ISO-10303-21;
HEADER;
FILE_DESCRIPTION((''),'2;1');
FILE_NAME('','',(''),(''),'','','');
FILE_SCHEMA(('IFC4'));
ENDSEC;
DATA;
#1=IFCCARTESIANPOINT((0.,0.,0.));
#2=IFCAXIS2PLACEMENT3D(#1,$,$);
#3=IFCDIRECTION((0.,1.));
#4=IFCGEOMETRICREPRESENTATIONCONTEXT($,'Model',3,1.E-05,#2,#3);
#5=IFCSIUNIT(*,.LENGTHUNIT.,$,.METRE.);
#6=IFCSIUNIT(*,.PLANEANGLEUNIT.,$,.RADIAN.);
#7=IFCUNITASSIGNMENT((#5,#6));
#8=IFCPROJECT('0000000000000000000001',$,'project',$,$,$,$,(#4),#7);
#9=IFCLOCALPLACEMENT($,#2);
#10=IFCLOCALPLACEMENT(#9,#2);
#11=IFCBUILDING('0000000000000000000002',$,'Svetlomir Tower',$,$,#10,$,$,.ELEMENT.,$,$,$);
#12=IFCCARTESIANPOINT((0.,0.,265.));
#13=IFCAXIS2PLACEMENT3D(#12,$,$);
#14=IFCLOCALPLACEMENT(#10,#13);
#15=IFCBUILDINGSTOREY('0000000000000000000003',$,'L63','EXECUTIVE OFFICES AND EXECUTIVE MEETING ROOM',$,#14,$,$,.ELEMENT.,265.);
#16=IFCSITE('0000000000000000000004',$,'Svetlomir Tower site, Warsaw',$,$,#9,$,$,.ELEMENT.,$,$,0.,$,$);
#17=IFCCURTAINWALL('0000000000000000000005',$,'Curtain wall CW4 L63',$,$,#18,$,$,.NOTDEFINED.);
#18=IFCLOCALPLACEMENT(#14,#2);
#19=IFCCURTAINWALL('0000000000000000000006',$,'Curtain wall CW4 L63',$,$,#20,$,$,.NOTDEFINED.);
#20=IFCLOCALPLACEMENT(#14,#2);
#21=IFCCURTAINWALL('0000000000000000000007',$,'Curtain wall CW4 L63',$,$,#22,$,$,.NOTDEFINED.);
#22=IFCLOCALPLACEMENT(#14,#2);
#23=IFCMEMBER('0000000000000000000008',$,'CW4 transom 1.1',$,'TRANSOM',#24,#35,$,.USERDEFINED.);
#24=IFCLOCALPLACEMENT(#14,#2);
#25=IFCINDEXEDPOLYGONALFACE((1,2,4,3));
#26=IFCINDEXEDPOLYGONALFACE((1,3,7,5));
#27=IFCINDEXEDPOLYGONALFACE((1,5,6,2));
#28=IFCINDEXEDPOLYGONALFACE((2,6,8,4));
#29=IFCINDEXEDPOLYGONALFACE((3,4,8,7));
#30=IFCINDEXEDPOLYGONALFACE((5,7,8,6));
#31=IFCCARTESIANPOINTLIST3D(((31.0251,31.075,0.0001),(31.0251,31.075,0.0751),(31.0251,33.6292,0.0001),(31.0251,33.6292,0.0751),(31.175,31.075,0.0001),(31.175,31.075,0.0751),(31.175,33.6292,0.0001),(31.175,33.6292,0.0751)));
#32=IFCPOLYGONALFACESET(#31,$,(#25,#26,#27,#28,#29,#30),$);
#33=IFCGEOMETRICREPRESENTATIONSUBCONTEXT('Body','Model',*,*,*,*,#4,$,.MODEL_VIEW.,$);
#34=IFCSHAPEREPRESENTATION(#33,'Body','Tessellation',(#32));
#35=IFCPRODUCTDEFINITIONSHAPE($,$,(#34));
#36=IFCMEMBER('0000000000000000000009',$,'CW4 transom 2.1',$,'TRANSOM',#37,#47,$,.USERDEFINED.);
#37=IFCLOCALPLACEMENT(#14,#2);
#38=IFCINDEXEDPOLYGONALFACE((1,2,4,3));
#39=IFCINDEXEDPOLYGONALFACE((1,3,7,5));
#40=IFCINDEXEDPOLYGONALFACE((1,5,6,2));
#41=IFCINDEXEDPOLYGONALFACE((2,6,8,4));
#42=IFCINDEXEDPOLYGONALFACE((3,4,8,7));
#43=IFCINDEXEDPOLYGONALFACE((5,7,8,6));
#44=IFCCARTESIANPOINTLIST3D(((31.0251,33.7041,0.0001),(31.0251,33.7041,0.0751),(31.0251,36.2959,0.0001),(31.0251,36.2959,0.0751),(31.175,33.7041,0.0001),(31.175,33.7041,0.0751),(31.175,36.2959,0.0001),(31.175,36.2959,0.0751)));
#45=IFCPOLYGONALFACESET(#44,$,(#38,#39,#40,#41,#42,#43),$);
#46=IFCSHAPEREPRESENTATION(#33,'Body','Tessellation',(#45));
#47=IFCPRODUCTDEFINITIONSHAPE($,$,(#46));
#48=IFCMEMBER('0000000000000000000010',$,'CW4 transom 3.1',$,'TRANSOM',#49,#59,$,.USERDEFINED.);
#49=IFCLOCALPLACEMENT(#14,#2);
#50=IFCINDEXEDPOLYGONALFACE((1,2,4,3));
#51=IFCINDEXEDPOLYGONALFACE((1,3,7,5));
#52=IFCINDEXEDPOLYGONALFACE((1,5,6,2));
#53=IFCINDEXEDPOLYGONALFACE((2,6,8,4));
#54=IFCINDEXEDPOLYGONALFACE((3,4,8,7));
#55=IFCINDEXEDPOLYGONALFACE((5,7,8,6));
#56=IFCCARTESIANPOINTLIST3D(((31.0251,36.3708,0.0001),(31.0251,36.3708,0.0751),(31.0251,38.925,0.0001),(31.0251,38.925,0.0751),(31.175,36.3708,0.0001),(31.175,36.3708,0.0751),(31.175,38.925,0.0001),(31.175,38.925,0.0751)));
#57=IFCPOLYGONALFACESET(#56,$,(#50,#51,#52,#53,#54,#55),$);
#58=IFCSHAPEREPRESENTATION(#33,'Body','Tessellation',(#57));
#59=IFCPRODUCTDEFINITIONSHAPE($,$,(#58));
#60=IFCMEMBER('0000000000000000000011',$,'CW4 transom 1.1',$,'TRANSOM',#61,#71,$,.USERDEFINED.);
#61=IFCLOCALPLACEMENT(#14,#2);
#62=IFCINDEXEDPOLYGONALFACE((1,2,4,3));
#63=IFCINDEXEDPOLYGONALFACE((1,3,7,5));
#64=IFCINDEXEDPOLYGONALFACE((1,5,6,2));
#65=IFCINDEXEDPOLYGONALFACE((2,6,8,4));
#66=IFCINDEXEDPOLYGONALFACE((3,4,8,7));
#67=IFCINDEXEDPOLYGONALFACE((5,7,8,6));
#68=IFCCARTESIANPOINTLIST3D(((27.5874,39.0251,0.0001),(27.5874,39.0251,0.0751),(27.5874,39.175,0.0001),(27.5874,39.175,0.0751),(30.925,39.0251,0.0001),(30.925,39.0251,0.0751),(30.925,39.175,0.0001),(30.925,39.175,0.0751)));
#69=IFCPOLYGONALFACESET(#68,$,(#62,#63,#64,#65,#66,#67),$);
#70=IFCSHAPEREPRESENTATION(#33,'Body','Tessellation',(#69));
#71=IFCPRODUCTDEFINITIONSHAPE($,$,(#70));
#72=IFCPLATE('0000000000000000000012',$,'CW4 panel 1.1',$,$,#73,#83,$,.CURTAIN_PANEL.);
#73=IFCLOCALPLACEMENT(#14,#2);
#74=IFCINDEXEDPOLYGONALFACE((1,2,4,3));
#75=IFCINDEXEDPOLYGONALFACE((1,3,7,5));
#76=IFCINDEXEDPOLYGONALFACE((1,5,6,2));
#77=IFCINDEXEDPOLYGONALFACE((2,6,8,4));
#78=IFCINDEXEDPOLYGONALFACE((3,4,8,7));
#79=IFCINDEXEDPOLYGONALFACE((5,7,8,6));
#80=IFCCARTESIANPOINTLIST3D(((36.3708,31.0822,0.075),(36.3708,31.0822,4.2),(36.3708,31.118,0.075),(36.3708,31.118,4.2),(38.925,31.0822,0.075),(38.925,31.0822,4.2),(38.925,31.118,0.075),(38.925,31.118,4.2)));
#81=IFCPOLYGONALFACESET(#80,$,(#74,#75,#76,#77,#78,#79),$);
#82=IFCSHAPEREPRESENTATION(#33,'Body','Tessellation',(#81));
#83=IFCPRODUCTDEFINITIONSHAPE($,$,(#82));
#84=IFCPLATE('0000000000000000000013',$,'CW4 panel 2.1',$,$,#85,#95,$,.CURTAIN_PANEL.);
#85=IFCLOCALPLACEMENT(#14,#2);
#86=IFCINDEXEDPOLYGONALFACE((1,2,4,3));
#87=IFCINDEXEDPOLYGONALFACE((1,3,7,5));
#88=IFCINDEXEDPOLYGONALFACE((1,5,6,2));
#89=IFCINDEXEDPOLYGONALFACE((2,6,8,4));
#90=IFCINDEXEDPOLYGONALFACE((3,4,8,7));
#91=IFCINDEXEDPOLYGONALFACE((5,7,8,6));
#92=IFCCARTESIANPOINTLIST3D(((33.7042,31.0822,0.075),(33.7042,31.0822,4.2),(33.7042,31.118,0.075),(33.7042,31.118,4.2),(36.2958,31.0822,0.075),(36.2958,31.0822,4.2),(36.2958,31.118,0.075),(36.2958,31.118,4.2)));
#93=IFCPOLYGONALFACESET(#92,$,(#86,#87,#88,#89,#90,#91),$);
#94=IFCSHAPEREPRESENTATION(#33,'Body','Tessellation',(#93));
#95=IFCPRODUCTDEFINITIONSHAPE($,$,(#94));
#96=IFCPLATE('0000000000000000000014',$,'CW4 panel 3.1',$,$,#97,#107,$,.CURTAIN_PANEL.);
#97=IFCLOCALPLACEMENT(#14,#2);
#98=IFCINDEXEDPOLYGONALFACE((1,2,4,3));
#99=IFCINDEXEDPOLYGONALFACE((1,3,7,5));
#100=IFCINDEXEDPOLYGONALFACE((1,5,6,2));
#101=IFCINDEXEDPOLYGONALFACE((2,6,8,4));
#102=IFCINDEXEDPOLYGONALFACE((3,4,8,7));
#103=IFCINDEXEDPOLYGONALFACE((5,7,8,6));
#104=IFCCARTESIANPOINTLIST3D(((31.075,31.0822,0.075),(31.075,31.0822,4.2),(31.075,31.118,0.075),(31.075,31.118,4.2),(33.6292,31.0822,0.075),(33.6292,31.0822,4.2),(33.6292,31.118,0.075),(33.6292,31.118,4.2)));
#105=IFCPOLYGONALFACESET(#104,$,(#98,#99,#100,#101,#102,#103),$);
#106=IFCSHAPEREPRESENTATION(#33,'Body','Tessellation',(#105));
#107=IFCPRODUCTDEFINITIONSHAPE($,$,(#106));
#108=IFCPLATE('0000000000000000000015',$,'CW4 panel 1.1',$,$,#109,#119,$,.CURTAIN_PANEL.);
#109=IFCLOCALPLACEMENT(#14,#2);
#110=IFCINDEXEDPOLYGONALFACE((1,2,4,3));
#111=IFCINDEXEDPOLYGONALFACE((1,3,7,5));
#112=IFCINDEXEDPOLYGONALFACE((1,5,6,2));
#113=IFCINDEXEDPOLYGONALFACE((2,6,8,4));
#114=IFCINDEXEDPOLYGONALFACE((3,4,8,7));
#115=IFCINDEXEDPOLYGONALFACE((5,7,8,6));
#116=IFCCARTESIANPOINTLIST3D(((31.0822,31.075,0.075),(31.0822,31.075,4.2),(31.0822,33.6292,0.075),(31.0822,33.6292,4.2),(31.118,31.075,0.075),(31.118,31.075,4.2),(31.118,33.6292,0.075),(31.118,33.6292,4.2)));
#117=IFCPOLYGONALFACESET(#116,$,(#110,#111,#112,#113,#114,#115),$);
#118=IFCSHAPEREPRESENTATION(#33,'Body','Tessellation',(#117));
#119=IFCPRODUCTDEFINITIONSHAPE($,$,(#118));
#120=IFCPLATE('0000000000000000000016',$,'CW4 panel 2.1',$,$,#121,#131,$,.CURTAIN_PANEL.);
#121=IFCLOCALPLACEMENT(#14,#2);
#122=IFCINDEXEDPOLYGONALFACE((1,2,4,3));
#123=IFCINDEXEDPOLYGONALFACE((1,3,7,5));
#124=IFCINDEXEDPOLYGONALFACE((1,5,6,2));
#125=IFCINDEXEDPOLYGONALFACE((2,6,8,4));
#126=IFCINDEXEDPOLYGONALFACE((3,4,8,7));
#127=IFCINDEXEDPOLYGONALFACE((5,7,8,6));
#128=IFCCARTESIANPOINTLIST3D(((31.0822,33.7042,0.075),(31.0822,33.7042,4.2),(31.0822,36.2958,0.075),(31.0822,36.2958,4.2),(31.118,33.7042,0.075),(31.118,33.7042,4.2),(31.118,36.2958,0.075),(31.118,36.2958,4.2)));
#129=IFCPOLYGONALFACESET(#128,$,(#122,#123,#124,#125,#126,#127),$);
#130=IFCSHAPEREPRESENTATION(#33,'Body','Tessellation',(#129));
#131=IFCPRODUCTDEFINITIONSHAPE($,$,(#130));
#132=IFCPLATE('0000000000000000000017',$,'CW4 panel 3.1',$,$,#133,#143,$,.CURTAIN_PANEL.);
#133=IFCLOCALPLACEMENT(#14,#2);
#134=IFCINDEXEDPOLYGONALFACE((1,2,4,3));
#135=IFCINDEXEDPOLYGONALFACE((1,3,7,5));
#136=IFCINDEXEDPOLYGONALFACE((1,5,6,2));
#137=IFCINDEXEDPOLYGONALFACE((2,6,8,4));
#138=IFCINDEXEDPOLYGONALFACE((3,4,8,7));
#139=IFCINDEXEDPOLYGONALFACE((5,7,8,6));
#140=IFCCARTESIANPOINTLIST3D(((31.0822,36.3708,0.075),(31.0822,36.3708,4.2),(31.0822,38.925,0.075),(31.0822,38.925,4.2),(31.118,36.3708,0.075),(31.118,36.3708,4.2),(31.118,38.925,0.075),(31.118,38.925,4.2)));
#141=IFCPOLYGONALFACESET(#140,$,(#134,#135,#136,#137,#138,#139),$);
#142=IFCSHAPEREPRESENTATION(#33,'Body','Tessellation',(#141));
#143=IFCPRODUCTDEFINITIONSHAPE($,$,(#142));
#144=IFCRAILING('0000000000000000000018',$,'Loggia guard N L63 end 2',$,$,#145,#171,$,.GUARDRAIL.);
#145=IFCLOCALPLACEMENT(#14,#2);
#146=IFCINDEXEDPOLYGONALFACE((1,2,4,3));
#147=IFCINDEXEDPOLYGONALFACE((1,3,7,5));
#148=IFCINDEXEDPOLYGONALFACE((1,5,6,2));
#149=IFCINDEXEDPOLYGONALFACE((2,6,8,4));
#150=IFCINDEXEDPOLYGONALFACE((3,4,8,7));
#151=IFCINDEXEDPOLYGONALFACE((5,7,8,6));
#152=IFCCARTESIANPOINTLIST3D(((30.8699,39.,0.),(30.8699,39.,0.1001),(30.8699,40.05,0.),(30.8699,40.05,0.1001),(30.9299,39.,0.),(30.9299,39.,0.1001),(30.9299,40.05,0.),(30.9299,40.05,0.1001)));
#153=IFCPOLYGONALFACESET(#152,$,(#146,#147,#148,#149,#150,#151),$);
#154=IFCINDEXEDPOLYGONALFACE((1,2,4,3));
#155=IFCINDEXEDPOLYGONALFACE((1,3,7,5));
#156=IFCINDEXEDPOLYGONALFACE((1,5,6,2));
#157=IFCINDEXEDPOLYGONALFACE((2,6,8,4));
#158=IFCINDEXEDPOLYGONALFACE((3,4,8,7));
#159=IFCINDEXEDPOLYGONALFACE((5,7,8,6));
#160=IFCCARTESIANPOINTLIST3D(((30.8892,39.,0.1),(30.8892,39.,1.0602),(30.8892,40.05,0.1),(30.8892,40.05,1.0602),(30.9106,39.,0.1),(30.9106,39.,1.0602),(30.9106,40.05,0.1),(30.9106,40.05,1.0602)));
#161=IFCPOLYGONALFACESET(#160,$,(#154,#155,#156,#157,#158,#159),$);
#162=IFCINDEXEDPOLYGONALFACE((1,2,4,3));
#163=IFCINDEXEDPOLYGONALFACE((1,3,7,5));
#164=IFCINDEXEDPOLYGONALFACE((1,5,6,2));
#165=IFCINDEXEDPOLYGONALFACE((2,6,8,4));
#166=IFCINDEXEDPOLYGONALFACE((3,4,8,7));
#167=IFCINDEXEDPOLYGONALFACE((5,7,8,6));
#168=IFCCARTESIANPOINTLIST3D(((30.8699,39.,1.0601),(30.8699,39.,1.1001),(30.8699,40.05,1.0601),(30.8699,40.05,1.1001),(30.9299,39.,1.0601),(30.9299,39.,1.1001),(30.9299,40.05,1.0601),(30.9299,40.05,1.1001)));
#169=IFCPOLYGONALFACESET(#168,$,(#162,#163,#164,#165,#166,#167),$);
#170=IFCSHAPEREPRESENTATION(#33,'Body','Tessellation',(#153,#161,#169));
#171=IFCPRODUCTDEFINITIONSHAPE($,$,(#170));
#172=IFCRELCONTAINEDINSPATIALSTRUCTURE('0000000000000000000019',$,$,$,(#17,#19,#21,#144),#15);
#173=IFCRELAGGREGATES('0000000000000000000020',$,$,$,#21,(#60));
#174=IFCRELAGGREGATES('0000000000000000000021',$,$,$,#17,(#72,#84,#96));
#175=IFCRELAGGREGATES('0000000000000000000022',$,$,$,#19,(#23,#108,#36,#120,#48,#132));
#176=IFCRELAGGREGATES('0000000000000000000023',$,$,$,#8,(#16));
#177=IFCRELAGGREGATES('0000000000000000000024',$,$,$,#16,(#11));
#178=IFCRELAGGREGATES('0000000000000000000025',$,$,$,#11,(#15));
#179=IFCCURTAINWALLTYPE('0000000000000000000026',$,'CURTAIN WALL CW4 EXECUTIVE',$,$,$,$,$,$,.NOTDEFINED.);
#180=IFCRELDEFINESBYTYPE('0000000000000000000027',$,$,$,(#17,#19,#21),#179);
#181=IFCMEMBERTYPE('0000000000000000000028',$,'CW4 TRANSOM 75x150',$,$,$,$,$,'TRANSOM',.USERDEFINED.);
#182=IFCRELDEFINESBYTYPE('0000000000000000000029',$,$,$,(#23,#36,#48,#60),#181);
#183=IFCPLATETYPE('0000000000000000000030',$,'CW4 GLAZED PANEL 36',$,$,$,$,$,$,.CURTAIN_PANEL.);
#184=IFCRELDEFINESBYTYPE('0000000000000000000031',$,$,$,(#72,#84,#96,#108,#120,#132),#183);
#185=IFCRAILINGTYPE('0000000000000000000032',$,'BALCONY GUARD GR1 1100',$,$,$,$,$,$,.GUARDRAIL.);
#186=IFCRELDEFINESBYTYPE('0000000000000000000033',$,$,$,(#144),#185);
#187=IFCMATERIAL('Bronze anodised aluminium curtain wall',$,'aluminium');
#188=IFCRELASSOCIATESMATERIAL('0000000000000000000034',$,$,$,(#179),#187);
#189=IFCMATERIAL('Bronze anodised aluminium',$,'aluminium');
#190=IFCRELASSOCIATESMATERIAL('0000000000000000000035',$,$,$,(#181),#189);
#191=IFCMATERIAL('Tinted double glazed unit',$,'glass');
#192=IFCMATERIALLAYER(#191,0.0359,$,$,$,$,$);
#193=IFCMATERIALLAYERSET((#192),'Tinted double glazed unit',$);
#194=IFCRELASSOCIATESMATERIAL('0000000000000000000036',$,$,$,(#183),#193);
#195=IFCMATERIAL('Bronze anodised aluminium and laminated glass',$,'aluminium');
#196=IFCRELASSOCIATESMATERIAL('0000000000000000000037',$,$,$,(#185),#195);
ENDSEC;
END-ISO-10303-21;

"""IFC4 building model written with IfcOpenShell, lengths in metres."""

from ifc_helpers import new_model, si_unit, direction, frame, origin, origin_2d, place, context, subcontext, project, spatial, rectangle, extrude, material, layer, layer_set, material_profile, profile_set, type_object, element, aggregate, save


model = new_model("IFC4")

# Units and contexts
model_context = context("Model", 3, precision=1e-05, world=origin(), true_north=direction((0.0, 1.0)))
body_context = subcontext(model_context, "Body", "Model", "MODEL_VIEW")
ifc_project = project(units=[si_unit("LENGTHUNIT", "METRE"), si_unit("PLANEANGLEUNIT", "RADIAN")], contexts=[model_context])

# Site, building, storey
site_placement = place(None, origin())
site = spatial("IfcSite", under=ifc_project, at=site_placement, Name="Svetlomir Tower site, Warsaw", CompositionType="ELEMENT", RefElevation=0.0)
building_placement = place(site_placement, origin())
building = spatial("IfcBuilding", under=site, at=building_placement, Name="Svetlomir Tower", CompositionType="ELEMENT")
storey_placement = place(building_placement, frame((0.0, 0.0, 265.0)))
storey = spatial("IfcBuildingStorey", under=building, at=storey_placement, Name="L63", Description="EXECUTIVE OFFICES AND EXECUTIVE MEETING ROOM", CompositionType="ELEMENT", Elevation=265.0)

# Curtain walls
ifc_material_1 = material(Name="Bronze anodised aluminium curtain wall", Category="aluminium")
curtain_wall_type = type_object("IfcCurtainWallType", Name="CURTAIN WALL CW4 EXECUTIVE", PredefinedType="NOTDEFINED", material=ifc_material_1)
curtain_wall_1_placement = place(storey_placement, origin())
curtain_wall_1 = element("IfcCurtainWall", 1, at=curtain_wall_1_placement, inside=storey, type_object=curtain_wall_type, Name="Curtain wall CW4 L63", PredefinedType="NOTDEFINED")
curtain_wall_2_placement = place(storey_placement, origin())
curtain_wall_2 = element("IfcCurtainWall", 2, at=curtain_wall_2_placement, inside=storey, type_object=curtain_wall_type, Name="Curtain wall CW4 L63", PredefinedType="NOTDEFINED")

# Curtain wall
curtain_wall_3_placement = place(storey_placement, origin())
curtain_wall_3 = element("IfcCurtainWall", 3, at=curtain_wall_3_placement, inside=storey, type_object=curtain_wall_type, Name="Curtain wall CW4 L63", PredefinedType="NOTDEFINED")

# Members
ifc_material_2 = material(Name="Bronze anodised aluminium", Category="aluminium")
ifc_material_profile_1 = material_profile(ifc_material_2, rectangle(XDim=0.1499, YDim=0.075, at=origin_2d()), Name="AL 150x75")
ifc_profile_set_1 = profile_set([ifc_material_profile_1], Name="Bronze anodised aluminium 6063-T6")
member_type_1 = type_object("IfcMemberType", Name="CW4 TRANSOM 75x150", ElementType="TRANSOM", PredefinedType="USERDEFINED", material=ifc_profile_set_1)
member_1_placement = place(storey_placement, frame((31.1001, 31.075, 0.0376), z_axis=(0.0, 1.0, 0.0), x_axis=(-1.0, 0.0, 0.0)))
member_1 = element("IfcMember", 4, at=member_1_placement, type_object=member_type_1, Name="CW4 transom 1.1", ObjectType="TRANSOM", PredefinedType="USERDEFINED", context=body_context, shape_type="SweptSolid", body=[
    extrude(rectangle(XDim=0.1499, YDim=0.075, at=origin_2d()), origin(), (0.0, 0.0, 1.0), 2.5542),
])
member_2_placement = place(storey_placement, frame((31.1001, 33.7041, 0.0376), z_axis=(0.0, 1.0, 0.0), x_axis=(-1.0, 0.0, 0.0)))
member_2 = element("IfcMember", 5, at=member_2_placement, type_object=member_type_1, Name="CW4 transom 2.1", ObjectType="TRANSOM", PredefinedType="USERDEFINED", context=body_context, shape_type="SweptSolid", body=[
    extrude(rectangle(XDim=0.1499, YDim=0.075, at=origin_2d()), origin(), (0.0, 0.0, 1.0), 2.5918),
])
member_3_placement = place(storey_placement, frame((31.1001, 36.3708, 0.0376), z_axis=(0.0, 1.0, 0.0), x_axis=(-1.0, 0.0, 0.0)))
member_3 = element("IfcMember", 6, at=member_3_placement, type_object=member_type_1, Name="CW4 transom 3.1", ObjectType="TRANSOM", PredefinedType="USERDEFINED", context=body_context, shape_type="SweptSolid", body=[
    extrude(rectangle(XDim=0.1499, YDim=0.075, at=origin_2d()), origin(), (0.0, 0.0, 1.0), 2.5542),
])
member_4_placement = place(storey_placement, frame((30.925, 39.1001, 0.0376), z_axis=(-1.0, 0.0, 0.0), x_axis=(0.0, -1.0, 0.0)))
member_4 = element("IfcMember", 7, at=member_4_placement, type_object=member_type_1, Name="CW4 transom 1.1", ObjectType="TRANSOM", PredefinedType="USERDEFINED", context=body_context, shape_type="SweptSolid", body=[
    extrude(rectangle(XDim=0.1499, YDim=0.075, at=origin_2d()), origin(), (0.0, 0.0, 1.0), 3.3376),
])
aggregate(curtain_wall_3, [member_4])

# Plates
ifc_material_3 = material(Name="Tinted double glazed unit", Category="glass")
ifc_layer = layer(ifc_material_3, 0.0359)
ifc_layer_set = layer_set([ifc_layer], Name="Tinted double glazed unit")
plate_type = type_object("IfcPlateType", Name="CW4 GLAZED PANEL 36", PredefinedType="CURTAIN_PANEL", material=ifc_layer_set)
plate_1_placement = place(storey_placement, frame((37.6479, 31.1001, 0.075), z_axis=(0.0, 0.0, 1.0), x_axis=(-1.0, 0.0, 0.0)))
plate_1 = element("IfcPlate", 8, at=plate_1_placement, type_object=plate_type, Name="CW4 panel 1.1", PredefinedType="CURTAIN_PANEL", context=body_context, shape_type="SweptSolid", body=[
    extrude(rectangle(XDim=2.5542, YDim=0.0359, at=origin_2d()), origin(), (0.0, 0.0, 1.0), 4.125),
])
plate_2_placement = place(storey_placement, frame((35.0, 31.1001, 0.075), z_axis=(0.0, 0.0, 1.0), x_axis=(-1.0, 0.0, 0.0)))
plate_2 = element("IfcPlate", 9, at=plate_2_placement, type_object=plate_type, Name="CW4 panel 2.1", PredefinedType="CURTAIN_PANEL", context=body_context, shape_type="SweptSolid", body=[
    extrude(rectangle(XDim=2.5916, YDim=0.0359, at=origin_2d()), origin(), (0.0, 0.0, 1.0), 4.125),
])
plate_3_placement = place(storey_placement, frame((32.3521, 31.1001, 0.075), z_axis=(0.0, 0.0, 1.0), x_axis=(-1.0, 0.0, 0.0)))
plate_3 = element("IfcPlate", 10, at=plate_3_placement, type_object=plate_type, Name="CW4 panel 3.1", PredefinedType="CURTAIN_PANEL", context=body_context, shape_type="SweptSolid", body=[
    extrude(rectangle(XDim=2.5542, YDim=0.0359, at=origin_2d()), origin(), (0.0, 0.0, 1.0), 4.125),
])
aggregate(curtain_wall_1, [plate_1, plate_2, plate_3])
plate_4_placement = place(storey_placement, frame((31.1001, 32.3521, 0.075), z_axis=(0.0, 0.0, 1.0), x_axis=(0.0, 1.0, 0.0)))
plate_4 = element("IfcPlate", 11, at=plate_4_placement, type_object=plate_type, Name="CW4 panel 1.1", PredefinedType="CURTAIN_PANEL", context=body_context, shape_type="SweptSolid", body=[
    extrude(rectangle(XDim=2.5542, YDim=0.0359, at=origin_2d()), origin(), (0.0, 0.0, 1.0), 4.125),
])
plate_5_placement = place(storey_placement, frame((31.1001, 35.0, 0.075), z_axis=(0.0, 0.0, 1.0), x_axis=(0.0, 1.0, 0.0)))
plate_5 = element("IfcPlate", 12, at=plate_5_placement, type_object=plate_type, Name="CW4 panel 2.1", PredefinedType="CURTAIN_PANEL", context=body_context, shape_type="SweptSolid", body=[
    extrude(rectangle(XDim=2.5916, YDim=0.0359, at=origin_2d()), origin(), (0.0, 0.0, 1.0), 4.125),
])
plate_6_placement = place(storey_placement, frame((31.1001, 37.6479, 0.075), z_axis=(0.0, 0.0, 1.0), x_axis=(0.0, 1.0, 0.0)))
plate_6 = element("IfcPlate", 13, at=plate_6_placement, type_object=plate_type, Name="CW4 panel 3.1", PredefinedType="CURTAIN_PANEL", context=body_context, shape_type="SweptSolid", body=[
    extrude(rectangle(XDim=2.5542, YDim=0.0359, at=origin_2d()), origin(), (0.0, 0.0, 1.0), 4.125),
])
aggregate(curtain_wall_2, [member_1, plate_4, member_2, plate_5, member_3, plate_6])

# Railing
ifc_material_4 = material(Name="Bronze anodised aluminium and laminated glass", Category="aluminium")
railing_type = type_object("IfcRailingType", Name="BALCONY GUARD GR1 1100", PredefinedType="GUARDRAIL", material=ifc_material_4)
railing_placement = place(storey_placement, frame((30.8999, 40.05, 0.0)))
element("IfcRailing", 14, at=railing_placement, inside=storey, type_object=railing_type, Name="Loggia guard N L63 end 2", PredefinedType="GUARDRAIL", context=body_context, shape_type="SweptSolid", body=[
    extrude(rectangle(XDim=0.0601, YDim=0.1001, at=origin_2d()), frame((0.0, 0.0, 0.05), z_axis=(0.0, -1.0, 0.0), x_axis=(1.0, 0.0, 0.0)), (0.0, 0.0, 1.0), 1.05),
    extrude(rectangle(XDim=0.0215, YDim=0.9602, at=origin_2d()), frame((0.0, 0.0, 0.5801), z_axis=(0.0, -1.0, 0.0), x_axis=(1.0, 0.0, 0.0)), (0.0, 0.0, 1.0), 1.05),
    extrude(rectangle(XDim=0.0601, YDim=0.04, at=origin_2d()), frame((0.0, 0.0, 1.0801), z_axis=(0.0, -1.0, 0.0), x_axis=(1.0, 0.0, 0.0)), (0.0, 0.0, 1.0), 1.05),
])

save(model, "model.ifc")
